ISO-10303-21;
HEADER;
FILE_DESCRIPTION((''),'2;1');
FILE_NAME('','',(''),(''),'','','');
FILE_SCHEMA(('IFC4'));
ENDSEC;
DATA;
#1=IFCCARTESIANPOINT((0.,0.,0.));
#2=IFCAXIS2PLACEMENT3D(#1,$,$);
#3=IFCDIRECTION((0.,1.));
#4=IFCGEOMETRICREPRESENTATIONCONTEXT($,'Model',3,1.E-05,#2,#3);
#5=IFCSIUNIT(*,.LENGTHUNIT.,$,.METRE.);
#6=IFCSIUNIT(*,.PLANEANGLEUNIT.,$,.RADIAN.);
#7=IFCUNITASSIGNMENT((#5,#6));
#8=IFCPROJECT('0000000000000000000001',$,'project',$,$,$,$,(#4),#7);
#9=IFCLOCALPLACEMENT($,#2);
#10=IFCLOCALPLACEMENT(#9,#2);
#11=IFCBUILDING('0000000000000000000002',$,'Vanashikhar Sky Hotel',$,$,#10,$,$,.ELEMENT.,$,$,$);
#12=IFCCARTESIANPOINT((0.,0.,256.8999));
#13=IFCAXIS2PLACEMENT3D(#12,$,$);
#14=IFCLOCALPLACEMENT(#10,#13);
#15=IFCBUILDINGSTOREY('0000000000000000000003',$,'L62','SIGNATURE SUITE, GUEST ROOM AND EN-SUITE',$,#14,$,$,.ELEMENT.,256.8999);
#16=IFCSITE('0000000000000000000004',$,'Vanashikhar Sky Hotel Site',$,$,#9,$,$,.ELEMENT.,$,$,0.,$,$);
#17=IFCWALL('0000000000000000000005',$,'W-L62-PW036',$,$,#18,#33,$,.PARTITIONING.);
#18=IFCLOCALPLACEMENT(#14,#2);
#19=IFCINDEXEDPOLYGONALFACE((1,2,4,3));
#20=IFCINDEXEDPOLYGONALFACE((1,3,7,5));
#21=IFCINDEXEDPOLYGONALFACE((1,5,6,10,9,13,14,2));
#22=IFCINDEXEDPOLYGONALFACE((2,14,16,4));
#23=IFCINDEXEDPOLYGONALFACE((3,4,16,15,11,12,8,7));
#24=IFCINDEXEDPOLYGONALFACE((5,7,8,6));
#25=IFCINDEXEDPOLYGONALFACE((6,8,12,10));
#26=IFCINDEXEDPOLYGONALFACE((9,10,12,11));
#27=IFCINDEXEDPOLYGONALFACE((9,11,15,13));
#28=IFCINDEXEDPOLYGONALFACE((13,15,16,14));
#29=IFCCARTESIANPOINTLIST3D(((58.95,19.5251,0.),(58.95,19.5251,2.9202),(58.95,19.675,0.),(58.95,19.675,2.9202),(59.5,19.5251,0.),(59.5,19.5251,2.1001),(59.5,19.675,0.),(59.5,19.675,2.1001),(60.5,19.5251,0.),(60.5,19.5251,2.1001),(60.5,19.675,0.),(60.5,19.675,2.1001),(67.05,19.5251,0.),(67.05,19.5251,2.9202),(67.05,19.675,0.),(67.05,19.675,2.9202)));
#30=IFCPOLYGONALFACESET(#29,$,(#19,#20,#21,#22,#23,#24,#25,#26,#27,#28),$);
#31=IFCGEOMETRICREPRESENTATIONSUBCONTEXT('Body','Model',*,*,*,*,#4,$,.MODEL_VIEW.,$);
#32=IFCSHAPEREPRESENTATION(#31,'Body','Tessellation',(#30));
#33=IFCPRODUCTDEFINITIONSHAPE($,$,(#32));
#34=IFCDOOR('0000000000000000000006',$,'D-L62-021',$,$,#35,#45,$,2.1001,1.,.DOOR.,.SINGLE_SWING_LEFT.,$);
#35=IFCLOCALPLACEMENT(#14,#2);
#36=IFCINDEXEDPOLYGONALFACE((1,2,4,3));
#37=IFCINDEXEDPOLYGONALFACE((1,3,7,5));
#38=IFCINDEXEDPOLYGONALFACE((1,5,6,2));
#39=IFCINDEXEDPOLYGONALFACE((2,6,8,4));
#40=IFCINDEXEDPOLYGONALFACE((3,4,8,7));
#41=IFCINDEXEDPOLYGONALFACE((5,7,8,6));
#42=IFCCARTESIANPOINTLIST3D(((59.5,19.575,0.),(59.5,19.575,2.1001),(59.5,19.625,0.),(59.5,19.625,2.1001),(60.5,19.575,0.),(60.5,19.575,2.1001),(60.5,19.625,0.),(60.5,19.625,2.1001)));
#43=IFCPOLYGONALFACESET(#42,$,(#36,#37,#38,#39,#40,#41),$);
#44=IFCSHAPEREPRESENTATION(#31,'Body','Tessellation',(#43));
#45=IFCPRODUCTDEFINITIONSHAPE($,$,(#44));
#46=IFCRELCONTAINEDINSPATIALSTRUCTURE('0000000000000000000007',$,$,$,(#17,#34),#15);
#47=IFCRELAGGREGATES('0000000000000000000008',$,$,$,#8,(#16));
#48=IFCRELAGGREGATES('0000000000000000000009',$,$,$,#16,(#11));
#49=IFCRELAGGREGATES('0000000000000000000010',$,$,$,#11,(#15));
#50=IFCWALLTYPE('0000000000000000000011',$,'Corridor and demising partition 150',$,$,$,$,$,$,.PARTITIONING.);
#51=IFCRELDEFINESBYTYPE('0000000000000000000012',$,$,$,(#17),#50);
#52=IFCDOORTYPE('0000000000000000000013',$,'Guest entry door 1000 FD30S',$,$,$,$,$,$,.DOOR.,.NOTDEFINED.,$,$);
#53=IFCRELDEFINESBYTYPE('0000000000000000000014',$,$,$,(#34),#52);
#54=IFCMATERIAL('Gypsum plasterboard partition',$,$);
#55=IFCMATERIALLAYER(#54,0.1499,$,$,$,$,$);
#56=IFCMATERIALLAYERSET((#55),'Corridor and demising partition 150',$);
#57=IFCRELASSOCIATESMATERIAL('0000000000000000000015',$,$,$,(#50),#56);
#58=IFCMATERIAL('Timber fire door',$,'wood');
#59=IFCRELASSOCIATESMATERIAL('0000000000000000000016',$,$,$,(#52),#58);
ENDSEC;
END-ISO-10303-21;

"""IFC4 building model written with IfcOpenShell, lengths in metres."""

from ifc_helpers import new_model, si_unit, direction, frame, frame_2d, origin, place, context, subcontext, project, spatial, rectangle, extrude, source, transform, mapped, material, layer, layer_set, type_object, element, fill, save


model = new_model("IFC4")

# Units and contexts
model_context = context("Model", 3, precision=1e-05, world=origin(), true_north=direction((0.0, 1.0)))
body_context = subcontext(model_context, "Body", "Model", "MODEL_VIEW")
ifc_project = project(units=[si_unit("LENGTHUNIT", "METRE"), si_unit("PLANEANGLEUNIT", "RADIAN")], contexts=[model_context])

# Site, building, storey
site_placement = place(None, origin())
site = spatial("IfcSite", under=ifc_project, at=site_placement, Name="Vanashikhar Sky Hotel Site", CompositionType="ELEMENT", RefElevation=0.0)
building_placement = place(site_placement, origin())
building = spatial("IfcBuilding", under=site, at=building_placement, Name="Vanashikhar Sky Hotel", CompositionType="ELEMENT")
storey_placement = place(building_placement, frame((0.0, 0.0, 256.8999)))
storey = spatial("IfcBuildingStorey", under=building, at=storey_placement, Name="L62", Description="SIGNATURE SUITE, GUEST ROOM AND EN-SUITE", CompositionType="ELEMENT", Elevation=256.8999)

# Wall, opening, door
ifc_material_1 = material(Name="Gypsum plasterboard partition")
ifc_layer_1 = layer(ifc_material_1, 0.1499)
ifc_layer_set_1 = layer_set([ifc_layer_1], Name="Corridor and demising partition 150")
wall_type_1 = type_object("IfcWallType", Name="Corridor and demising partition 150", PredefinedType="PARTITIONING", material=ifc_layer_set_1)
shared_shape_1 = source(origin(), body_context, "Body", "SweptSolid", [
    extrude(rectangle(XDim=8.1001, YDim=0.1499, at=frame_2d((4.05, 0.0))), origin(), (0.0, 0.0, 1.0), 2.9202),
])
wall_1_placement = place(storey_placement, frame((58.95, 19.6001, 0.0), z_axis=(0.0, 0.0, 1.0), x_axis=(1.0, 0.0, 0.0)))
wall_1 = element("IfcWall", 1, at=wall_1_placement, inside=storey, type_object=wall_type_1, Name="W-L62-PW036", PredefinedType="PARTITIONING", context=body_context, shape_type="MappedRepresentation", body=[
    mapped(shared_shape_1, transform((0.0, 0.0, 0.0), scale=1.0)),
])
shared_shape_2 = source(origin(), body_context, "Body", "SweptSolid", [
    extrude(rectangle(XDim=1.0, YDim=2.1001, at=frame_2d((0.5, 1.05))), frame((0.0, 0.085, 0.0), z_axis=(0.0, -1.0, 0.0), x_axis=(1.0, 0.0, 0.0)), (0.0, 0.0, 1.0), 0.1699),
])
opening_1_placement = place(wall_1_placement, frame((0.55, 0.0, 0.0)))
opening_1 = element("IfcOpeningElement", 2, at=opening_1_placement, cuts=wall_1, PredefinedType="OPENING", context=body_context, shape_type="MappedRepresentation", body=[
    mapped(shared_shape_2, transform((0.0, 0.0, 0.0), scale=1.0)),
])
ifc_material_2 = material(Name="Timber fire door", Category="wood")
door_type_1 = type_object("IfcDoorType", Name="Guest entry door 1000 FD30S", OperationType="NOTDEFINED", PredefinedType="DOOR", material=ifc_material_2)
shared_shape_3 = source(origin(), body_context, "Body", "SweptSolid", [
    extrude(rectangle(XDim=1.0, YDim=2.1001, at=frame_2d((0.5, 1.05))), frame((0.0, 0.0249, 0.0), z_axis=(0.0, -1.0, 0.0), x_axis=(1.0, 0.0, 0.0)), (0.0, 0.0, 1.0), 0.05),
])
door_1_placement = place(opening_1_placement, origin())
door_1 = element("IfcDoor", 3, at=door_1_placement, inside=storey, type_object=door_type_1, Name="D-L62-021", OperationType="SINGLE_SWING_LEFT", OverallHeight=2.1001, OverallWidth=1.0, PredefinedType="DOOR", context=body_context, shape_type="MappedRepresentation", body=[
    mapped(shared_shape_3, transform((0.0, 0.0, 0.0), scale=1.0)),
])
fill(opening_1, door_1)

save(model, "model.ifc")
